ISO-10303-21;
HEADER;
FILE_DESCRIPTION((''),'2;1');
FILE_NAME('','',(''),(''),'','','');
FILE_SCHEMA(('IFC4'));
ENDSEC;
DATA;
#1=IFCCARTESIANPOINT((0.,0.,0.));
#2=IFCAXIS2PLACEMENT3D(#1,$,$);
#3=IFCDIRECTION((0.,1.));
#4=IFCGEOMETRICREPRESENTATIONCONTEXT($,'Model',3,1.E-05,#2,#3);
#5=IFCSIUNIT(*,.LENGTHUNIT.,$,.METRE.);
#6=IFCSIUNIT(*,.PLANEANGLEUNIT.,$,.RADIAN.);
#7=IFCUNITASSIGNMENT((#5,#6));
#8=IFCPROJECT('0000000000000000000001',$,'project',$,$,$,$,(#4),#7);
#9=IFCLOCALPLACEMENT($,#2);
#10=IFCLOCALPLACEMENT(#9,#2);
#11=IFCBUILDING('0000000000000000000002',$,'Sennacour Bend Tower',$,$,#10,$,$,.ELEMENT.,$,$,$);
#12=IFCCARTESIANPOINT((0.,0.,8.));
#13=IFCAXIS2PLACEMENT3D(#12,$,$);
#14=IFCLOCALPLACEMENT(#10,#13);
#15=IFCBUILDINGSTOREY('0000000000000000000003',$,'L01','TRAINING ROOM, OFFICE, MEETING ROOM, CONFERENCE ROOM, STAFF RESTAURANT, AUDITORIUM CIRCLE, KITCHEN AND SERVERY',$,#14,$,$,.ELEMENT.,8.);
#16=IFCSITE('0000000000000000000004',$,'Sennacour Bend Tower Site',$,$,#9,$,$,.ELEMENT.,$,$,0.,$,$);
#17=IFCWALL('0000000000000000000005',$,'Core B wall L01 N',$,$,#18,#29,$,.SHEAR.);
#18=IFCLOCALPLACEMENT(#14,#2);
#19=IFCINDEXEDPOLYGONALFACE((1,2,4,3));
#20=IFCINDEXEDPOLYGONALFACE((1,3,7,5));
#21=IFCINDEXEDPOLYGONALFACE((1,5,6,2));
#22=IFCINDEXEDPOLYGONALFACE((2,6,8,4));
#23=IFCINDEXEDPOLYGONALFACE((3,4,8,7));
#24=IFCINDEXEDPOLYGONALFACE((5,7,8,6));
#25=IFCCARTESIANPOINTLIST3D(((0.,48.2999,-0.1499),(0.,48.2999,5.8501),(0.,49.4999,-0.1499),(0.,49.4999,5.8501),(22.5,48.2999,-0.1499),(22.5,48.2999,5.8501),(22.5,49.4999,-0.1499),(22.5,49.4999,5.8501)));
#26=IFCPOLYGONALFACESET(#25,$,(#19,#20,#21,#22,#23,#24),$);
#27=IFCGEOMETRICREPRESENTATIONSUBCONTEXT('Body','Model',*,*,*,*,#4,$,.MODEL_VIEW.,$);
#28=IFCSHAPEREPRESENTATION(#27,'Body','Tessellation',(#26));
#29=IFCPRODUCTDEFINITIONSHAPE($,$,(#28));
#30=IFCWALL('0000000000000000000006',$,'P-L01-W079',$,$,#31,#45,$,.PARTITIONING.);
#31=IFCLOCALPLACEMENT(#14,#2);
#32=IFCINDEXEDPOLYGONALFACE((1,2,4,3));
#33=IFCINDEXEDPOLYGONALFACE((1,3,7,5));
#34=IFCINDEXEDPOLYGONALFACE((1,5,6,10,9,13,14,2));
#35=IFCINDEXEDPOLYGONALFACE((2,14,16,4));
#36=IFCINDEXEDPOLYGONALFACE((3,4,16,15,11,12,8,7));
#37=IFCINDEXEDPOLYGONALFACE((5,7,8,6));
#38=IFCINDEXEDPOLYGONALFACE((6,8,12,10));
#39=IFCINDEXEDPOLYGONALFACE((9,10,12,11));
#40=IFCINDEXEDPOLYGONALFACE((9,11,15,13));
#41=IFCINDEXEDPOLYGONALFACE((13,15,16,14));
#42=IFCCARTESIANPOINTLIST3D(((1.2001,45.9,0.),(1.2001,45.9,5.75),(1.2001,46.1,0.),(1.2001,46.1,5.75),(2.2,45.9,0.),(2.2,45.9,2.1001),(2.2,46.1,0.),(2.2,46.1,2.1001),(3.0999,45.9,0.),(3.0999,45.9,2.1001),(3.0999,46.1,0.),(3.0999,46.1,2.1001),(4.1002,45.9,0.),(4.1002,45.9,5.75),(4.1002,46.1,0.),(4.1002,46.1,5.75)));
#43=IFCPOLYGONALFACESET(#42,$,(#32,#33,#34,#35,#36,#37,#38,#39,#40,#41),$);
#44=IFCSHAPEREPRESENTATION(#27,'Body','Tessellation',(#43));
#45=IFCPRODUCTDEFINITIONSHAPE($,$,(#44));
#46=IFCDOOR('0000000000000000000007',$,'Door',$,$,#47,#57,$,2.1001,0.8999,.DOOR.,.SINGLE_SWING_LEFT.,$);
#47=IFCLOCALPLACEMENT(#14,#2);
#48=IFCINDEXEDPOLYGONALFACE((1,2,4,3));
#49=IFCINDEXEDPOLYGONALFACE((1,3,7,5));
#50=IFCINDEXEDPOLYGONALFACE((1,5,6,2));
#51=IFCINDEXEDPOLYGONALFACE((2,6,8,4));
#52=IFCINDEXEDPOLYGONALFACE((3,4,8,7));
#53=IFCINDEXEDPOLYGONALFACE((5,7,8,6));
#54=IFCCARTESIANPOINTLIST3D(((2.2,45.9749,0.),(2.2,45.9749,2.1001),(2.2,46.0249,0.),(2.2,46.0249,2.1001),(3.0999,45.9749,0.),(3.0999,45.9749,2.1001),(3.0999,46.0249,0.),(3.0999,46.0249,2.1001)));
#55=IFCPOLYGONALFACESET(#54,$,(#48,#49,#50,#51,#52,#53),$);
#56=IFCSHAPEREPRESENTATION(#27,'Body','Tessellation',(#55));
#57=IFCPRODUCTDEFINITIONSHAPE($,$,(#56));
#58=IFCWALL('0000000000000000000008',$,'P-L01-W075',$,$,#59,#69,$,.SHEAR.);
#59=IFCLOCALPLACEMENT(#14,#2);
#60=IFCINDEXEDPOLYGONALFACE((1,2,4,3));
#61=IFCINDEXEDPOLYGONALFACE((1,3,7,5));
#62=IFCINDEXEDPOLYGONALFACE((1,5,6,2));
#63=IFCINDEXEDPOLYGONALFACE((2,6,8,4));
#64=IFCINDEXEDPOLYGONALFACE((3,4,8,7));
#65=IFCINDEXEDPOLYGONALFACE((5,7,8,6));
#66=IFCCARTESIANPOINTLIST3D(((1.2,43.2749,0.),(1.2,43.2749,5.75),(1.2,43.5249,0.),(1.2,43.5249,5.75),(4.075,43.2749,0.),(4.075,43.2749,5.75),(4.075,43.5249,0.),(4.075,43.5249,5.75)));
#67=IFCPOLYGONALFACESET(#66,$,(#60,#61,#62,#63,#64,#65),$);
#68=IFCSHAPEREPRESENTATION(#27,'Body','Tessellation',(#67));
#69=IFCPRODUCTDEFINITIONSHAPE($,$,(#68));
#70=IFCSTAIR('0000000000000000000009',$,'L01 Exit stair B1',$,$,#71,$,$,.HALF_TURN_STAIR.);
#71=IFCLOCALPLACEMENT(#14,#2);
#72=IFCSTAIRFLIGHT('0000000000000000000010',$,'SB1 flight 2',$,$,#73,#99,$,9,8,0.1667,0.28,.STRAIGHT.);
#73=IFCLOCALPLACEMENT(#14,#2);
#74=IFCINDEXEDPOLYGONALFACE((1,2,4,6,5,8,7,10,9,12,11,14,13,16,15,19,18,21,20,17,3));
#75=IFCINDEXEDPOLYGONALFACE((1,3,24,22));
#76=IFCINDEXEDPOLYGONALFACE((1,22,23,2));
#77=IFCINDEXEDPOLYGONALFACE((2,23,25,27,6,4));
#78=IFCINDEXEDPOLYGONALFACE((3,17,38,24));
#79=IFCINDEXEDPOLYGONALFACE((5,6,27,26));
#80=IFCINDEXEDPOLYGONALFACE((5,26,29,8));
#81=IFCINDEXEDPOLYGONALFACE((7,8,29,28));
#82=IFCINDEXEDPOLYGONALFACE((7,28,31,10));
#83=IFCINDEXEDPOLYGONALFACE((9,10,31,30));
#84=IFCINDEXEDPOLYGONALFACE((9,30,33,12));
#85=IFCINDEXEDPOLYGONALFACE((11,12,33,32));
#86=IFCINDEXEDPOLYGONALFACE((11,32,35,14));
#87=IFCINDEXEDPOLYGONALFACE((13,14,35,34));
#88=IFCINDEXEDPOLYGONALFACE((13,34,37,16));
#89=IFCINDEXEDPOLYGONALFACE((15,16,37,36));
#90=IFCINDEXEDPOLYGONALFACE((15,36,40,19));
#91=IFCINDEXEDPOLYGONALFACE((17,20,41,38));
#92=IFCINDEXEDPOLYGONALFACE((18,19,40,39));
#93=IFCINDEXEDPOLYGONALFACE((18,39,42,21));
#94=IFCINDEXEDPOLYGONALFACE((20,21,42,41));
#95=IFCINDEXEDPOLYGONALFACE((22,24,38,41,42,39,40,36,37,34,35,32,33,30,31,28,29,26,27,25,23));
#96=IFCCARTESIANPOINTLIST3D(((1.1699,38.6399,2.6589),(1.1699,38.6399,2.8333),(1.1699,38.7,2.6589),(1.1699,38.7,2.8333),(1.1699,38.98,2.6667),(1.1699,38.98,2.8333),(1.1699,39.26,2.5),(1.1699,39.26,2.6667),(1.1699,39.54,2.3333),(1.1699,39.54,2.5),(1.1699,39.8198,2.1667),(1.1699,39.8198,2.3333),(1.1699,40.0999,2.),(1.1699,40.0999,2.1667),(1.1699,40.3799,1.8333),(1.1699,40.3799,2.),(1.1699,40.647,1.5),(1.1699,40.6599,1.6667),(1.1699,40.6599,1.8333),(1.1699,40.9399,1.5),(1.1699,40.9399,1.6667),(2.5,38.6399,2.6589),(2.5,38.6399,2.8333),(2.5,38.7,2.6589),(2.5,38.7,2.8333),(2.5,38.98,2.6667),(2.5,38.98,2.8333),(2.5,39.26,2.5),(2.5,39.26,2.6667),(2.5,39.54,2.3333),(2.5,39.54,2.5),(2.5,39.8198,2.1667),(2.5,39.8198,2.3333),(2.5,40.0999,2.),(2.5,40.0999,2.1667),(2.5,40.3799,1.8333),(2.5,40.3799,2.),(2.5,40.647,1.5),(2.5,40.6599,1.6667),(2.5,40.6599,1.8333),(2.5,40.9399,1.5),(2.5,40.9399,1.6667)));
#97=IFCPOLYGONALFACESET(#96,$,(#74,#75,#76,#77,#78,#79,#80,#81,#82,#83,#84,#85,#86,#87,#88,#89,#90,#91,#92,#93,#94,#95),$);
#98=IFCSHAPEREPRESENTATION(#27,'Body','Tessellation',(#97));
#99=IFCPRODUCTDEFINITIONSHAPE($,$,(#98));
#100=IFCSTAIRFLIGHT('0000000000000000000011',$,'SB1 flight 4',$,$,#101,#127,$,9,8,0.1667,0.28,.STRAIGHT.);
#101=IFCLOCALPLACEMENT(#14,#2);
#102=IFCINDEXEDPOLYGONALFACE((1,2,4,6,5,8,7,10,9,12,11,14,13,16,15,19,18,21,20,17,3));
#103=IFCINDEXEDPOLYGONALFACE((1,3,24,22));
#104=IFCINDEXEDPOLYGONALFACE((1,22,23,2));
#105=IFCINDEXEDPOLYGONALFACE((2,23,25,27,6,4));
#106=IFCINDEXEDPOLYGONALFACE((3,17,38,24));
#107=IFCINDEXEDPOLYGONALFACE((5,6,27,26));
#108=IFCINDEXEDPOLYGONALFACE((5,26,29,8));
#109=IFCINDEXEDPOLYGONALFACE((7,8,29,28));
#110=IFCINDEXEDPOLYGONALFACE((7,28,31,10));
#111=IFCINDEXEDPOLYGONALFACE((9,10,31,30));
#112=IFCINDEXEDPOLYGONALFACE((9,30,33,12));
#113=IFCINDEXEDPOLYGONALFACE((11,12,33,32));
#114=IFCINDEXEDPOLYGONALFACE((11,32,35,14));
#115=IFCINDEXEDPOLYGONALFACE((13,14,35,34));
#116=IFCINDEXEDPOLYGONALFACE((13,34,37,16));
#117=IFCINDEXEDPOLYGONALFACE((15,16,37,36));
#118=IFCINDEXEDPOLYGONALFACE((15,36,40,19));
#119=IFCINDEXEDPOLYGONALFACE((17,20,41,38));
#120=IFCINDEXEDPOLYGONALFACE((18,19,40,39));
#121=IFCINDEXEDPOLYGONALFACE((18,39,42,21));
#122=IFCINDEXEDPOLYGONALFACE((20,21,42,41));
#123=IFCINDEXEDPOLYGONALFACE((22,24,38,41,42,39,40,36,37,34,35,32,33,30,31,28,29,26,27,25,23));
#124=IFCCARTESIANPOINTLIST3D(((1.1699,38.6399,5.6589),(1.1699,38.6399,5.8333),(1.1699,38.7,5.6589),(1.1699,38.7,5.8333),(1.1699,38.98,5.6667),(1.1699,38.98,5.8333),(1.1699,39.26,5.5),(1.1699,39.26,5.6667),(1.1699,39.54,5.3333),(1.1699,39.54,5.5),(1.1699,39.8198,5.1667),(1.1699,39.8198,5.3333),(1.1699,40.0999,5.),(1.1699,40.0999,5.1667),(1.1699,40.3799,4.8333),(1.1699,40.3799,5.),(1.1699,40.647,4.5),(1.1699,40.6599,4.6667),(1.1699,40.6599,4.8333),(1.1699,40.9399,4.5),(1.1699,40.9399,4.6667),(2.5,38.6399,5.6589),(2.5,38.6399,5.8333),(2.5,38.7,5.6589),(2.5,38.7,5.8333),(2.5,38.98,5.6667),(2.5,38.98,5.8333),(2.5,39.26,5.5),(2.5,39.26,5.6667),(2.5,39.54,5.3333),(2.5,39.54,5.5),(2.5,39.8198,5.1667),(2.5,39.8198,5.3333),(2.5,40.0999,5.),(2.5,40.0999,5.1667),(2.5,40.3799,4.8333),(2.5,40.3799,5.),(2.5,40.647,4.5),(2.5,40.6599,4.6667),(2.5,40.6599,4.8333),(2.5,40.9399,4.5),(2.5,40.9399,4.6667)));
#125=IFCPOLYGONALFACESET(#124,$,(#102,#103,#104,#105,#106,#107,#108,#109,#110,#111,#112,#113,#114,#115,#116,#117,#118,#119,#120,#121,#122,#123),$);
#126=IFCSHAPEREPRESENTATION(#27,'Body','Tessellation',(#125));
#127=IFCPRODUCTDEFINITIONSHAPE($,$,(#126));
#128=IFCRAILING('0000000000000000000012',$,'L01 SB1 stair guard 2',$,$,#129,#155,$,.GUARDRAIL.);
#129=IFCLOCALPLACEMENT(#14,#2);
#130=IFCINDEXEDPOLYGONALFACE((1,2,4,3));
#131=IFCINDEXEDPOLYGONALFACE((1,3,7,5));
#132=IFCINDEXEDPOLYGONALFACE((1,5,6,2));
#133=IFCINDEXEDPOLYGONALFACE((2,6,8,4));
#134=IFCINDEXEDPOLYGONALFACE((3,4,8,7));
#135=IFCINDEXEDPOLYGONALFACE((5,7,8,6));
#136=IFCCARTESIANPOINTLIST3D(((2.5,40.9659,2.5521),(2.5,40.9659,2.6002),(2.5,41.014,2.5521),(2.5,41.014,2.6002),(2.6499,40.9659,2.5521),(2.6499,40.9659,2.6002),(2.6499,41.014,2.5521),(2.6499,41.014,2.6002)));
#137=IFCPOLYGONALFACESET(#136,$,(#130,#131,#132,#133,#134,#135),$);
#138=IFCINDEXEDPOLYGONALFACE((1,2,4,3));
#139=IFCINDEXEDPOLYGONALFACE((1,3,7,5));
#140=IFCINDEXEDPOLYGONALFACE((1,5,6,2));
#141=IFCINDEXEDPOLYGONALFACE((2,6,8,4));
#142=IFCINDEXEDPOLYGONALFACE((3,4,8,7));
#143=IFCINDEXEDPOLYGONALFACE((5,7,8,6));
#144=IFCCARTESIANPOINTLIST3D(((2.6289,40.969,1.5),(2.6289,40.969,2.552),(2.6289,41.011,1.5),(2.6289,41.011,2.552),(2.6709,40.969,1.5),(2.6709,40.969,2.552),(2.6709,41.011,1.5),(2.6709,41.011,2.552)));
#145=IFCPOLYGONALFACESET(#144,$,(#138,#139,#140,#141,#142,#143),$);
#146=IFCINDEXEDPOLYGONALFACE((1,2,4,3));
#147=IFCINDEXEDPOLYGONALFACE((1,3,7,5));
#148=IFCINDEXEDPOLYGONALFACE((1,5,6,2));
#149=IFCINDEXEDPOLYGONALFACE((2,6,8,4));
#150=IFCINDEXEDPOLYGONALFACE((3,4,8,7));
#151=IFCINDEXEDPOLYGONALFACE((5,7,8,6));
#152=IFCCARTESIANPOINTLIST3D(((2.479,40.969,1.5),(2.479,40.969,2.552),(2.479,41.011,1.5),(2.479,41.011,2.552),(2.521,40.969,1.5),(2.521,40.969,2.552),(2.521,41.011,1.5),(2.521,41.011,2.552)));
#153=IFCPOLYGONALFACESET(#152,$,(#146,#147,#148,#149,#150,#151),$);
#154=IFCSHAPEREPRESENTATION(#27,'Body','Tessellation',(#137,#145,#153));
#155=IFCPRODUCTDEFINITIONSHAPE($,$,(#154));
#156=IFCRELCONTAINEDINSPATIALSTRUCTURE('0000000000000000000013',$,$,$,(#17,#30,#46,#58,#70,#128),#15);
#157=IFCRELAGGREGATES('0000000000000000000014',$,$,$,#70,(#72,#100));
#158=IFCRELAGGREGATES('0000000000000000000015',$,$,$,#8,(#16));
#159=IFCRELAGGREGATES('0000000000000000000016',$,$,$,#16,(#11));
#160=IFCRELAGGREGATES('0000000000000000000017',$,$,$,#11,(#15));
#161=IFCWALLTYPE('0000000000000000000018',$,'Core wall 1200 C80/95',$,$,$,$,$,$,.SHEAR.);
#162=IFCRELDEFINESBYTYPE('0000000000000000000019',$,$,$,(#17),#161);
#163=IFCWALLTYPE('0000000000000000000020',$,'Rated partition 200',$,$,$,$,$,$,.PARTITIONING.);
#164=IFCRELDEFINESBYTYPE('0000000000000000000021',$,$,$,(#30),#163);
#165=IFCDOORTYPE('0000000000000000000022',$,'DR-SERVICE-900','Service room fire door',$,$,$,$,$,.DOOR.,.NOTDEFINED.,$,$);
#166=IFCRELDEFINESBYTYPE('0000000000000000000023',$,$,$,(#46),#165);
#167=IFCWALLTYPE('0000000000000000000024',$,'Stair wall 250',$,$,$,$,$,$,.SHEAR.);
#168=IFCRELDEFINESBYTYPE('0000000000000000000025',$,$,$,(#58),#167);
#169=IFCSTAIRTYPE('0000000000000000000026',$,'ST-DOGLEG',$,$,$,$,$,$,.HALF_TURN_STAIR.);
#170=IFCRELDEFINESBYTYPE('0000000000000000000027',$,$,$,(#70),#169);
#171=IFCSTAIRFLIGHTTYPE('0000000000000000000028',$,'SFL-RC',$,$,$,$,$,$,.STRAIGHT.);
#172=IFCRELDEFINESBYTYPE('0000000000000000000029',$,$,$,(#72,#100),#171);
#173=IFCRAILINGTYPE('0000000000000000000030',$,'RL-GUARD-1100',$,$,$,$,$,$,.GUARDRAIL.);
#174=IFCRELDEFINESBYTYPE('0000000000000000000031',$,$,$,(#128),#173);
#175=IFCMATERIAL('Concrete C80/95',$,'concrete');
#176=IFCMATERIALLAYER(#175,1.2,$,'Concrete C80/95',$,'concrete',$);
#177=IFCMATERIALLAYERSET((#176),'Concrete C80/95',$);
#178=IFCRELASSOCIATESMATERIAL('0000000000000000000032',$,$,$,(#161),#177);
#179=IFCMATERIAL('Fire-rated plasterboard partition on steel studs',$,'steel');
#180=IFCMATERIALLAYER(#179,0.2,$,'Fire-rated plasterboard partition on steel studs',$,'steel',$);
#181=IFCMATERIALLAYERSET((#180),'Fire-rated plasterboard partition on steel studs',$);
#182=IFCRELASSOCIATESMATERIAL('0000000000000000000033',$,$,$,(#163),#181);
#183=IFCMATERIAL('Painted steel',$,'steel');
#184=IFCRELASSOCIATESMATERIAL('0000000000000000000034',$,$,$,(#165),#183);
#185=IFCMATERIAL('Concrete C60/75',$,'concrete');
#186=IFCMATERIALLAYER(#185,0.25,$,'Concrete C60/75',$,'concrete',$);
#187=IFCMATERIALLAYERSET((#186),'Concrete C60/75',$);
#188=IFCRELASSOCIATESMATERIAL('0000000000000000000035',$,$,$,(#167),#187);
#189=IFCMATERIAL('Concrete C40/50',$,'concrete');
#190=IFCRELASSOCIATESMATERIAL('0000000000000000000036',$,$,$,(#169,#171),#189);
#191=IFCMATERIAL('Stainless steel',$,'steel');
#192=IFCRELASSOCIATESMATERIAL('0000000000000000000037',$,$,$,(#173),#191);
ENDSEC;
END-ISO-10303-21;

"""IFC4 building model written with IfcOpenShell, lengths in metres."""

from ifc_helpers import new_model, si_unit, direction, frame, frame_2d, origin, origin_2d, place, context, subcontext, project, spatial, polyline, rectangle, outline, extrude, material, layer, layer_set, type_object, element, fill, aggregate, save


model = new_model("IFC4")

# Units and contexts
model_context = context("Model", 3, precision=1e-05, world=origin(), true_north=direction((0.0, 1.0)))
body_context = subcontext(model_context, "Body", "Model", "MODEL_VIEW")
ifc_project = project(units=[si_unit("LENGTHUNIT", "METRE"), si_unit("PLANEANGLEUNIT", "RADIAN")], contexts=[model_context])

# Site, building, storey
site_placement = place(None, origin())
site = spatial("IfcSite", under=ifc_project, at=site_placement, Name="Sennacour Bend Tower Site", CompositionType="ELEMENT", RefElevation=0.0)
building_placement = place(site_placement, origin())
building = spatial("IfcBuilding", under=site, at=building_placement, Name="Sennacour Bend Tower", CompositionType="ELEMENT")
storey_placement = place(building_placement, frame((0.0, 0.0, 8.0)))
storey = spatial("IfcBuildingStorey", under=building, at=storey_placement, Name="L01", Description="TRAINING ROOM, OFFICE, MEETING ROOM, CONFERENCE ROOM, STAFF RESTAURANT, AUDITORIUM CIRCLE, KITCHEN AND SERVERY", CompositionType="ELEMENT", Elevation=8.0)

# Wall
ifc_material_1 = material(Name="Concrete C80/95", Category="concrete")
ifc_layer_1 = layer(ifc_material_1, 1.2, Name="Concrete C80/95", Category="concrete")
ifc_layer_set_1 = layer_set([ifc_layer_1], Name="Concrete C80/95")
wall_type_1 = type_object("IfcWallType", Name="Core wall 1200 C80/95", PredefinedType="SHEAR", material=ifc_layer_set_1)
wall_1_placement = place(storey_placement, frame((0.0, 48.8999, -0.1499), z_axis=(0.0, 0.0, 1.0), x_axis=(1.0, 0.0, 0.0)))
element("IfcWall", 1, at=wall_1_placement, inside=storey, type_object=wall_type_1, Name="Core B wall L01 N", PredefinedType="SHEAR", context=body_context, shape_type="SweptSolid", body=[
    extrude(rectangle(XDim=22.5, YDim=1.2, at=frame_2d((11.25, 0.0))), origin(), (0.0, 0.0, 1.0), 6.0),
])

# Wall, opening, door
ifc_material_2 = material(Name="Fire-rated plasterboard partition on steel studs", Category="steel")
ifc_layer_2 = layer(ifc_material_2, 0.2, Name="Fire-rated plasterboard partition on steel studs", Category="steel")
ifc_layer_set_2 = layer_set([ifc_layer_2], Name="Fire-rated plasterboard partition on steel studs")
wall_type_2 = type_object("IfcWallType", Name="Rated partition 200", PredefinedType="PARTITIONING", material=ifc_layer_set_2)
wall_2_placement = place(storey_placement, frame((1.2, 46.0, 0.0), z_axis=(0.0, 0.0, 1.0), x_axis=(1.0, 0.0, 0.0)))
wall_2 = element("IfcWall", 2, at=wall_2_placement, inside=storey, type_object=wall_type_2, Name="P-L01-W079", PredefinedType="PARTITIONING", context=body_context, shape_type="SweptSolid", body=[
    extrude(rectangle(XDim=2.9001, YDim=0.2, at=frame_2d((1.4502, 0.0))), origin(), (0.0, 0.0, 1.0), 5.75),
])
opening_placement = place(wall_2_placement, frame((1.0, 0.0, 0.0)))
opening = element("IfcOpeningElement", 3, at=opening_placement, cuts=wall_2, PredefinedType="OPENING", context=body_context, shape_type="SweptSolid", body=[
    extrude(rectangle(XDim=0.8999, YDim=2.1001, at=frame_2d((0.45, 1.05))), frame((0.0, 0.1099, 0.0), z_axis=(0.0, -1.0, 0.0), x_axis=(1.0, 0.0, 0.0)), (0.0, 0.0, 1.0), 0.22),
])
ifc_material_3 = material(Name="Painted steel", Category="steel")
door_type = type_object("IfcDoorType", Name="DR-SERVICE-900", Description="Service room fire door", OperationType="NOTDEFINED", PredefinedType="DOOR", material=ifc_material_3)
door_placement = place(opening_placement, origin())
door = element("IfcDoor", 4, at=door_placement, inside=storey, type_object=door_type, Name="Door", OperationType="SINGLE_SWING_LEFT", OverallHeight=2.1001, OverallWidth=0.8999, PredefinedType="DOOR", context=body_context, shape_type="SweptSolid", body=[
    extrude(rectangle(XDim=0.8999, YDim=2.1001, at=frame_2d((0.45, 1.05))), frame((0.0, 0.0249, 0.0), z_axis=(0.0, -1.0, 0.0), x_axis=(1.0, 0.0, 0.0)), (0.0, 0.0, 1.0), 0.05),
])
fill(opening, door)

# Wall
ifc_material_4 = material(Name="Concrete C60/75", Category="concrete")
ifc_layer_3 = layer(ifc_material_4, 0.25, Name="Concrete C60/75", Category="concrete")
ifc_layer_set_3 = layer_set([ifc_layer_3], Name="Concrete C60/75")
wall_type_3 = type_object("IfcWallType", Name="Stair wall 250", PredefinedType="SHEAR", material=ifc_layer_set_3)
wall_3_placement = place(storey_placement, frame((1.2, 43.3999, 0.0), z_axis=(0.0, 0.0, 1.0), x_axis=(1.0, 0.0, 0.0)))
element("IfcWall", 5, at=wall_3_placement, inside=storey, type_object=wall_type_3, Name="P-L01-W075", PredefinedType="SHEAR", context=body_context, shape_type="SweptSolid", body=[
    extrude(rectangle(XDim=2.875, YDim=0.25, at=frame_2d((1.4375, 0.0))), origin(), (0.0, 0.0, 1.0), 5.75),
])

# Stair, stair flights
ifc_material_5 = material(Name="Concrete C40/50", Category="concrete")
stair_type = type_object("IfcStairType", Name="ST-DOGLEG", PredefinedType="HALF_TURN_STAIR", material=ifc_material_5)
stair_placement = place(storey_placement, origin())
stair = element("IfcStair", 6, at=stair_placement, inside=storey, type_object=stair_type, Name="L01 Exit stair B1", PredefinedType="HALF_TURN_STAIR")
stair_flight_type = type_object("IfcStairFlightType", Name="SFL-RC", PredefinedType="STRAIGHT", material=ifc_material_5)
stair_flight_1_placement = place(storey_placement, frame((1.835, 40.9399, 1.5), z_axis=(0.0, 0.0, 1.0), x_axis=(0.0, -1.0, 0.0)))
stair_flight_1 = element("IfcStairFlight", 7, at=stair_flight_1_placement, type_object=stair_flight_type, Name="SB1 flight 2", NumberOfRisers=9, NumberOfTreads=8, PredefinedType="STRAIGHT", RiserHeight=0.1667, TreadLength=0.28, context=body_context, shape_type="SweptSolid", body=[
    extrude(outline(polyline([(0.0, 0.0), (0.0, 0.1667), (0.28, 0.1667), (0.28, 0.3333), (0.5601, 0.3333), (0.5601, 0.5), (0.8401, 0.5), (0.8401, 0.6667), (1.1201, 0.6667), (1.1201, 0.8333), (1.3999, 0.8333), (1.3999, 1.0), (1.6799, 1.0), (1.6799, 1.1667), (1.96, 1.1667), (1.96, 1.3333), (2.24, 1.3333), (2.3, 1.3333), (2.3, 1.1589), (2.24, 1.1589), (0.293, 0.0), (0.0, 0.0)])), frame((0.0, 0.665, 0.0), z_axis=(0.0, -1.0, 0.0), x_axis=(1.0, 0.0, 0.0)), (0.0, 0.0, 1.0), 1.3301),
])
stair_flight_2_placement = place(storey_placement, frame((1.835, 40.9399, 4.5), z_axis=(0.0, 0.0, 1.0), x_axis=(0.0, -1.0, 0.0)))
stair_flight_2 = element("IfcStairFlight", 8, at=stair_flight_2_placement, type_object=stair_flight_type, Name="SB1 flight 4", NumberOfRisers=9, NumberOfTreads=8, PredefinedType="STRAIGHT", RiserHeight=0.1667, TreadLength=0.28, context=body_context, shape_type="SweptSolid", body=[
    extrude(outline(polyline([(0.0, 0.0), (0.0, 0.1667), (0.28, 0.1667), (0.28, 0.3333), (0.5601, 0.3333), (0.5601, 0.5), (0.8401, 0.5), (0.8401, 0.6667), (1.1201, 0.6667), (1.1201, 0.8333), (1.3999, 0.8333), (1.3999, 1.0), (1.6799, 1.0), (1.6799, 1.1667), (1.96, 1.1667), (1.96, 1.3333), (2.24, 1.3333), (2.3, 1.3333), (2.3, 1.1589), (2.24, 1.1589), (0.293, 0.0), (0.0, 0.0)])), frame((0.0, 0.665, 0.0), z_axis=(0.0, -1.0, 0.0), x_axis=(1.0, 0.0, 0.0)), (0.0, 0.0, 1.0), 1.3301),
])
aggregate(stair, [stair_flight_1, stair_flight_2])

# Railing
ifc_material_6 = material(Name="Stainless steel", Category="steel")
railing_type_1 = type_object("IfcRailingType", Name="RL-GUARD-1100", PredefinedType="GUARDRAIL", material=ifc_material_6)
railing_1_placement = place(storey_placement, frame((2.6499, 40.99, 1.5)))
element("IfcRailing", 9, at=railing_1_placement, inside=storey, type_object=railing_type_1, Name="L01 SB1 stair guard 2", PredefinedType="GUARDRAIL", context=body_context, shape_type="SweptSolid", body=[
    extrude(rectangle(XDim=0.0481, YDim=0.0481, at=origin_2d()), frame((0.0, 0.0, 1.0762), z_axis=(-1.0, 0.0, 0.0), x_axis=(0.0, -1.0, 0.0)), (0.0, 0.0, 1.0), 0.1499),
    extrude(rectangle(XDim=0.042, YDim=0.042, at=origin_2d()), origin(), (0.0, 0.0, 1.0), 1.052),
    extrude(rectangle(XDim=0.042, YDim=0.042, at=origin_2d()), frame((-0.1499, 0.0, 0.0)), (0.0, 0.0, 1.0), 1.052),
])

save(model, "model.ifc")
